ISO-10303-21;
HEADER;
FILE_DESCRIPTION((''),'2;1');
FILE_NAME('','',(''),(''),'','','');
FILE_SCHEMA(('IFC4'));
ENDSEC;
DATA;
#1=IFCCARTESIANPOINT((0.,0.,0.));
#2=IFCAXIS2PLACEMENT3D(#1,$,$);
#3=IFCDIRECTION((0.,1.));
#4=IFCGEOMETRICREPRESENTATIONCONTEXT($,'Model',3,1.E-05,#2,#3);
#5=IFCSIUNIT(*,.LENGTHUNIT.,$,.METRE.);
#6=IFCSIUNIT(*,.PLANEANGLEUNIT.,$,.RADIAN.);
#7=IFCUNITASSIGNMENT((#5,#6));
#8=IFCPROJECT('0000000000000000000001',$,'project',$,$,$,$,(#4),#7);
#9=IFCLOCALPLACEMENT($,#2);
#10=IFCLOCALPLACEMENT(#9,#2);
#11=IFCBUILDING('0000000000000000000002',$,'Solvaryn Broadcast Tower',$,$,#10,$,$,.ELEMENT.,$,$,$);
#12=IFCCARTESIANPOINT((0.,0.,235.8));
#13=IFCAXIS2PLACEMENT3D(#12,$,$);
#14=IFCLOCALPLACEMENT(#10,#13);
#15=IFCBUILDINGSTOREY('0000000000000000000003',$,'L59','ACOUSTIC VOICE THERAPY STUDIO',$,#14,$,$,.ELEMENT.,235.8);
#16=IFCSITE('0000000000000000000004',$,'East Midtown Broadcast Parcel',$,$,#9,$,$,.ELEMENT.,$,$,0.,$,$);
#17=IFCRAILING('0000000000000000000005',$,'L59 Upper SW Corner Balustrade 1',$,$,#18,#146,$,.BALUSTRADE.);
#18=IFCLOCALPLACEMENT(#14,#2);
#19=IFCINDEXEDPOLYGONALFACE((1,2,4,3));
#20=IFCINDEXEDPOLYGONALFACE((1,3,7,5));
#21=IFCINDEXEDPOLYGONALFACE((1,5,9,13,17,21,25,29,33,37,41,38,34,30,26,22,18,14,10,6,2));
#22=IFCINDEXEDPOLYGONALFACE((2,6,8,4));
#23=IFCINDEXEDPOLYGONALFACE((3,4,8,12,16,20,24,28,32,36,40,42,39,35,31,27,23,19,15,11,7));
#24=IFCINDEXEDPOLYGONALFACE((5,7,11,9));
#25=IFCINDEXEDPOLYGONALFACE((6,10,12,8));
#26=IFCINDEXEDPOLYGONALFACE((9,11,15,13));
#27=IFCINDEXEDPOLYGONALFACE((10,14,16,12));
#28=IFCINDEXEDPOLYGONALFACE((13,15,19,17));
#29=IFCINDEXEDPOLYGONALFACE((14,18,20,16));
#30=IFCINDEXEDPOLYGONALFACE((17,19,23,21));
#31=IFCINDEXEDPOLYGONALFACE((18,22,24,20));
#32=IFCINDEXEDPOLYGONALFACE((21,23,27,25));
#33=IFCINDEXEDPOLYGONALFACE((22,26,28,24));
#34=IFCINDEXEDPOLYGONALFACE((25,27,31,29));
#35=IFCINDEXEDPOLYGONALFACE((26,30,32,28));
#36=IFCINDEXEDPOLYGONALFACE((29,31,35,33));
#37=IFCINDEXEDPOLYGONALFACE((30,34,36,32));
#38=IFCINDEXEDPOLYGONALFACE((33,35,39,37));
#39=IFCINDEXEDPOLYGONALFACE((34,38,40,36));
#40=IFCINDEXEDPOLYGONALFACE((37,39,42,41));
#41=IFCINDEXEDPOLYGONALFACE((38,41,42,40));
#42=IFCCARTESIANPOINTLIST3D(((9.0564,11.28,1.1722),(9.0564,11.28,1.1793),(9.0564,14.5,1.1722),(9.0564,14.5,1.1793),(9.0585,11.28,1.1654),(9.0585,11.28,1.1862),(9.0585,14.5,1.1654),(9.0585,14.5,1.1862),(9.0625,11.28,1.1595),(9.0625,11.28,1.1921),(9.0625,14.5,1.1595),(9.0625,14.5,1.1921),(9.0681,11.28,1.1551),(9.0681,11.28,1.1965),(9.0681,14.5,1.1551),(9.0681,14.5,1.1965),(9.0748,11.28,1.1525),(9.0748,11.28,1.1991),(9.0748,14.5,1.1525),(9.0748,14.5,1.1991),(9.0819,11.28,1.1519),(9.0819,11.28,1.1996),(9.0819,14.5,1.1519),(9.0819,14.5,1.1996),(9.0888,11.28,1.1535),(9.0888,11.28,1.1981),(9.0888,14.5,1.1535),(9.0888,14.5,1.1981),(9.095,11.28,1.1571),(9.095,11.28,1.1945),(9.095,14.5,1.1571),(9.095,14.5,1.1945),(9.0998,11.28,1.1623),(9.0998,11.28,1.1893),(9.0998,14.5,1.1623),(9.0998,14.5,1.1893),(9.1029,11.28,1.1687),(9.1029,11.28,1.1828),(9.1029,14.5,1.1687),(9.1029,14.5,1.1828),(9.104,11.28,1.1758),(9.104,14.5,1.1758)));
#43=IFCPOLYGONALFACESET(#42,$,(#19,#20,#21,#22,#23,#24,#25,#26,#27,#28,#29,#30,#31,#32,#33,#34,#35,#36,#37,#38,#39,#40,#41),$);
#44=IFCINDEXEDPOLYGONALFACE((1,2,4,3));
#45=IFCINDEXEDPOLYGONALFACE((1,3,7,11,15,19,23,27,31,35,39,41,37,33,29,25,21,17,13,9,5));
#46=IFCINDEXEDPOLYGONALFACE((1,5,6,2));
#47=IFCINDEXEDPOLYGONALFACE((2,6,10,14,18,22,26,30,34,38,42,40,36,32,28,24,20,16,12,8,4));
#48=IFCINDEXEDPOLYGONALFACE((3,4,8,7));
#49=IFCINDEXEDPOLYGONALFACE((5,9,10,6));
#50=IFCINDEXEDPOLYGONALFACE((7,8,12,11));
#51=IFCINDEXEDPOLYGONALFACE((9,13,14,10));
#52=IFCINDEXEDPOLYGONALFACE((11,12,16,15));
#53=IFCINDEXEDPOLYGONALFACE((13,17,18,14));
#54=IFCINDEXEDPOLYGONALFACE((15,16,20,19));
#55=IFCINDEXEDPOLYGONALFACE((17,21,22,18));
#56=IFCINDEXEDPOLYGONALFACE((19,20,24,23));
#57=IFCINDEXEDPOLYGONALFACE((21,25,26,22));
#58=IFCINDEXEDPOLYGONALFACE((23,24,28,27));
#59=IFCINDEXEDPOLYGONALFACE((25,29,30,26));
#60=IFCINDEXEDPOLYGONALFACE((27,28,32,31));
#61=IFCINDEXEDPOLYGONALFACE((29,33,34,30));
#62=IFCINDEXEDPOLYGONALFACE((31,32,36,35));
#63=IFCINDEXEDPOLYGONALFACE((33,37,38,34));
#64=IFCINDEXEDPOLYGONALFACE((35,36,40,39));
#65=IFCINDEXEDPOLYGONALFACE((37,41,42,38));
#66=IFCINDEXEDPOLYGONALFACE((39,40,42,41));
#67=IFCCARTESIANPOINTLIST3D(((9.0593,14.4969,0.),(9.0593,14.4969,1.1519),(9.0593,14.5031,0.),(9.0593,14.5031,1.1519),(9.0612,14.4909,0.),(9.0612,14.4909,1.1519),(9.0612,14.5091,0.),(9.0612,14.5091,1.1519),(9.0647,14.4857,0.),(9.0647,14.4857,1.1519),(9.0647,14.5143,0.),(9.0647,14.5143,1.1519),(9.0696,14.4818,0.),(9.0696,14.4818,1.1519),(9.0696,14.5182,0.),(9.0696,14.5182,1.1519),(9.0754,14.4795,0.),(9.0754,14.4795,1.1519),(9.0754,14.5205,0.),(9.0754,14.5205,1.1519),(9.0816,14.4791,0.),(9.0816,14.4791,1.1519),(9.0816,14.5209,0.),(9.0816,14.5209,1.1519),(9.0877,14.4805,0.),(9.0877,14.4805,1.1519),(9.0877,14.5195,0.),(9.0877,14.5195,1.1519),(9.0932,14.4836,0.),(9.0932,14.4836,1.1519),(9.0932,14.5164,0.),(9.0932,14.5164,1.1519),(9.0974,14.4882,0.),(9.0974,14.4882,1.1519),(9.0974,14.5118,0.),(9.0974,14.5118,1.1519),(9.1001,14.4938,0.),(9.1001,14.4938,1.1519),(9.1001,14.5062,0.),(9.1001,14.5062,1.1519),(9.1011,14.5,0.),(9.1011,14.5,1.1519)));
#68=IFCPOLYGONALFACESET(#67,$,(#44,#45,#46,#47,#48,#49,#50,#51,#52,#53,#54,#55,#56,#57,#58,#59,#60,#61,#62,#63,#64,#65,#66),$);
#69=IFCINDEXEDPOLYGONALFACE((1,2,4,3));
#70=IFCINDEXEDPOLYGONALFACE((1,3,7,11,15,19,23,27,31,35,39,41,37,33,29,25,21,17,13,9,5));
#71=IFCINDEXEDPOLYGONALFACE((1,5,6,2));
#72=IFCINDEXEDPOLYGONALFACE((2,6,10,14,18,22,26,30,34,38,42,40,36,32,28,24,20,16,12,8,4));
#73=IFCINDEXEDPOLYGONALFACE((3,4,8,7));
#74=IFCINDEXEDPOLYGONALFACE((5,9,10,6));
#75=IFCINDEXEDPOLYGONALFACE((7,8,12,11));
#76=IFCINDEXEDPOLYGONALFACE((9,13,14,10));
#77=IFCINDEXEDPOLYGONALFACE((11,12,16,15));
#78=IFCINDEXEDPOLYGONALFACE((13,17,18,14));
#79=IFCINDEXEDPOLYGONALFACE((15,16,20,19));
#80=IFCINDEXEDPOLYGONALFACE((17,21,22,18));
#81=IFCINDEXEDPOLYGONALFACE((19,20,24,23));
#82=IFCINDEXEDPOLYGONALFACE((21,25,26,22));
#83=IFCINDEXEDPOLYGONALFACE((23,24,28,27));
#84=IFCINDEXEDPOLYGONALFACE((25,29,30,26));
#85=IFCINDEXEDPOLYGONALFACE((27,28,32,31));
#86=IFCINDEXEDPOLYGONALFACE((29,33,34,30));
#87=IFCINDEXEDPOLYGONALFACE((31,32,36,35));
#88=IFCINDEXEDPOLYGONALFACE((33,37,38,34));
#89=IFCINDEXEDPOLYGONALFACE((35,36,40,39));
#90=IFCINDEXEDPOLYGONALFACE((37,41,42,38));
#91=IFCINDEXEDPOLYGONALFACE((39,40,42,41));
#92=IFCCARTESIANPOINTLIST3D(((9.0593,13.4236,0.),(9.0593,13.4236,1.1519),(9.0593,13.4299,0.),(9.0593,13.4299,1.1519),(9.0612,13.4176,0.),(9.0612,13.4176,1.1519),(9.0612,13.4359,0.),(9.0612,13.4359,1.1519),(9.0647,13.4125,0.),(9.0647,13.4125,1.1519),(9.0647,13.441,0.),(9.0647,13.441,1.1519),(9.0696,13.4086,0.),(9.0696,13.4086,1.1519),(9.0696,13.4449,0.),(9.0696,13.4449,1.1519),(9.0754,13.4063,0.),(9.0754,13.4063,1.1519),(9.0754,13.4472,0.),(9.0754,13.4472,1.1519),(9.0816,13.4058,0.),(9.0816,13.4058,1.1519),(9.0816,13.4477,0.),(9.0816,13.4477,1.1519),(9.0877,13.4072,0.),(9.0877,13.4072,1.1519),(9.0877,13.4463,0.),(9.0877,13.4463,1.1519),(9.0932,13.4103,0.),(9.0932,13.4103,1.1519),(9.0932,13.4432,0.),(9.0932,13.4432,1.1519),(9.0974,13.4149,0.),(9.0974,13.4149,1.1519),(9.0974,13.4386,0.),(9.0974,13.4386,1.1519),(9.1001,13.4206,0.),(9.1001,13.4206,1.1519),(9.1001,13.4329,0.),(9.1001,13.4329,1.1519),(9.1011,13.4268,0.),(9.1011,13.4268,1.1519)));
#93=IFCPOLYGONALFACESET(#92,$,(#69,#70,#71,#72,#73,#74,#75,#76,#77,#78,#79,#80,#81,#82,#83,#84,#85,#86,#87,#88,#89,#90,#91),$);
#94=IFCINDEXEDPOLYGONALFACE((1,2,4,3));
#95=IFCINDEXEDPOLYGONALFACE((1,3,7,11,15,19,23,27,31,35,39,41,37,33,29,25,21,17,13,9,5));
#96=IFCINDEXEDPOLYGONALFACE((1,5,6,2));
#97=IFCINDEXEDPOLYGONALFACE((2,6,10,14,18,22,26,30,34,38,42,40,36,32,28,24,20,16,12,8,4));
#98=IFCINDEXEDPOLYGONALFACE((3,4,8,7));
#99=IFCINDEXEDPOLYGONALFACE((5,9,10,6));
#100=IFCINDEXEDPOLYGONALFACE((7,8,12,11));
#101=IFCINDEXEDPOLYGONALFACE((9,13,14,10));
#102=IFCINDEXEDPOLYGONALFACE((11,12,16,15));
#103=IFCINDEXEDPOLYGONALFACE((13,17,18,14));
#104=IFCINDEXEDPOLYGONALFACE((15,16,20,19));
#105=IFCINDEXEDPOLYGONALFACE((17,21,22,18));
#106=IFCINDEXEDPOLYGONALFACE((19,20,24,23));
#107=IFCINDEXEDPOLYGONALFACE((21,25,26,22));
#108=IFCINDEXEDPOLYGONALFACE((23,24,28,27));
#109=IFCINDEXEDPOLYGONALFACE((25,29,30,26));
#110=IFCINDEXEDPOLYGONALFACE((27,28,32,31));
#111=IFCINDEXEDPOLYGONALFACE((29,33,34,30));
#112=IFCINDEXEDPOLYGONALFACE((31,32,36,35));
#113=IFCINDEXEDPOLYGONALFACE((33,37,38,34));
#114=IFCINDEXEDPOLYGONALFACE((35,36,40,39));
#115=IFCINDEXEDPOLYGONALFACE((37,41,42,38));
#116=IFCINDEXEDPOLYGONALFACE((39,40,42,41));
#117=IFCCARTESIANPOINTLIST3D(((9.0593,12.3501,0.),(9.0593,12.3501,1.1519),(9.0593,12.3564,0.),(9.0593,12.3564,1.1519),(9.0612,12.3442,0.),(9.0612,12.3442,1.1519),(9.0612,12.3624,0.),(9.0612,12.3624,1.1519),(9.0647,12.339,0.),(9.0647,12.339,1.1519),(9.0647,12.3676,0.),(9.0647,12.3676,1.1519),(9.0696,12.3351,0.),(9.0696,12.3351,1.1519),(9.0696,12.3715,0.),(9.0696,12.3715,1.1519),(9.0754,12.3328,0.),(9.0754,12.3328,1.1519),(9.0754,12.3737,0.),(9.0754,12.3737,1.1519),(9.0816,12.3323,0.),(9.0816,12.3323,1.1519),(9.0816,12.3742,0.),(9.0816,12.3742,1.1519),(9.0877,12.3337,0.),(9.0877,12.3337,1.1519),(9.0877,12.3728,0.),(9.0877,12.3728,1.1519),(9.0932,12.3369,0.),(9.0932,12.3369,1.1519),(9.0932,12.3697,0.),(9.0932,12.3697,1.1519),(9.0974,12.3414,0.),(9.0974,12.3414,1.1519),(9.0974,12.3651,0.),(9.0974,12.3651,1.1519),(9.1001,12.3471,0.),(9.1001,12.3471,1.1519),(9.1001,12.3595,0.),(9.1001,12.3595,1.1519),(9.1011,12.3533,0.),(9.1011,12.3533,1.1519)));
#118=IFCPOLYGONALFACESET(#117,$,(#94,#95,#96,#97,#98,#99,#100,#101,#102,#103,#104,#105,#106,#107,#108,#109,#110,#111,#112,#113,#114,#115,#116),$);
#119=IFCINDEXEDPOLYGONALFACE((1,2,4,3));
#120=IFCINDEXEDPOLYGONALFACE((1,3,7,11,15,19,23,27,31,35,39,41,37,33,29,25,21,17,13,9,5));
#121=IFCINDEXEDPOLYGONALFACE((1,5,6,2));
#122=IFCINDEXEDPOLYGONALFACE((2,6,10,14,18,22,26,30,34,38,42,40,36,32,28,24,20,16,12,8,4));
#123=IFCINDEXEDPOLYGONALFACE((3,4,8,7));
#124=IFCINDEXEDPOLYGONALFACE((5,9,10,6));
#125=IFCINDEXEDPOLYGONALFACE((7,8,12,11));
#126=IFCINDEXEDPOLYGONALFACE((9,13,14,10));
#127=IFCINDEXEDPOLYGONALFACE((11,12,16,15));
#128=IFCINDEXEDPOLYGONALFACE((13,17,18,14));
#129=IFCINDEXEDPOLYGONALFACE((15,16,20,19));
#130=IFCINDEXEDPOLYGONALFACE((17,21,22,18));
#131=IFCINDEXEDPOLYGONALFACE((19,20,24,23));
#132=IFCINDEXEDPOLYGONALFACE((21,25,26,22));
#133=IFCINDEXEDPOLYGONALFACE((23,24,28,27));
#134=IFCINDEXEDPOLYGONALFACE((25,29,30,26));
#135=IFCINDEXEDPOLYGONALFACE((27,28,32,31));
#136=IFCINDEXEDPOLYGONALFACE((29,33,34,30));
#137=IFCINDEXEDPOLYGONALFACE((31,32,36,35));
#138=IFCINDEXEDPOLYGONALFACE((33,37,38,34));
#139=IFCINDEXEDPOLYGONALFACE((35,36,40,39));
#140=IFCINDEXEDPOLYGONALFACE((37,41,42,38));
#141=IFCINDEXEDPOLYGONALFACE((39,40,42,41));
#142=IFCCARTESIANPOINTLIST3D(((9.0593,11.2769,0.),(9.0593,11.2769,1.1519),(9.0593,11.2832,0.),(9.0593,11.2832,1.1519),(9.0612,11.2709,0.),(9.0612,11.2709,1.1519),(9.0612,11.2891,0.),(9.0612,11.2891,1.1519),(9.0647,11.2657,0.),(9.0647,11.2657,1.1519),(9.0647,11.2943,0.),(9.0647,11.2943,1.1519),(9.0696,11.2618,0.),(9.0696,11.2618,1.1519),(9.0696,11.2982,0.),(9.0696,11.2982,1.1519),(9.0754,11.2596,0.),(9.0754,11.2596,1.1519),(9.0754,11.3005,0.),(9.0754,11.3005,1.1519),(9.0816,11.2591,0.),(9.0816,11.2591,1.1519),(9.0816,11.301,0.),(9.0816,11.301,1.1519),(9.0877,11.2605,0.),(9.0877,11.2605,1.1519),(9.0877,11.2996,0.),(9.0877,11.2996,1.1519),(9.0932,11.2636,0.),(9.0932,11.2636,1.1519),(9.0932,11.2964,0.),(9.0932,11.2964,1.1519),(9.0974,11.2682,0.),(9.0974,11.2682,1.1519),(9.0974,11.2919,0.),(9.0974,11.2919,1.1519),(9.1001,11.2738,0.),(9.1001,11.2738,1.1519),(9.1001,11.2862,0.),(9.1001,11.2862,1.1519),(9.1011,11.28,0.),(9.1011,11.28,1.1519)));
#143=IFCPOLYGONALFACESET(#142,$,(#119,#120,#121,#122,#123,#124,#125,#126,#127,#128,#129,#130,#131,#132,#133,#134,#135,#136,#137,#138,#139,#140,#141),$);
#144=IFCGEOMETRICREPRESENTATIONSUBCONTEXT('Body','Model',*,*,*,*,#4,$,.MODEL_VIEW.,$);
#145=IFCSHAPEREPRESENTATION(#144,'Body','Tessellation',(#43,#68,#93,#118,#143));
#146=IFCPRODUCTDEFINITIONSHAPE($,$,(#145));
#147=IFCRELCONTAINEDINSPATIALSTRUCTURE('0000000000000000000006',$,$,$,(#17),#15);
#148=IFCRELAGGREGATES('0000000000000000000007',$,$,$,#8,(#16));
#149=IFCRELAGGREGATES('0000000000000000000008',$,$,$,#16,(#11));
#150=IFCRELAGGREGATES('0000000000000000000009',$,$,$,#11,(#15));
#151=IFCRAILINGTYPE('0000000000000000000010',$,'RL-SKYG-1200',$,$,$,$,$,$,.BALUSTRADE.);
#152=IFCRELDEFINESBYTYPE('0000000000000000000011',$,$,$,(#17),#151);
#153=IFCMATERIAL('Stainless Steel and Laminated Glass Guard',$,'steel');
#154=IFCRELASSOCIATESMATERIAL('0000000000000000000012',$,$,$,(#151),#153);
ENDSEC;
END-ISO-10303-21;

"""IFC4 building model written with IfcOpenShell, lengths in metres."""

from ifc_helpers import new_model, si_unit, direction, frame, origin, origin_2d, place, context, subcontext, project, spatial, circle, extrude, material, type_object, element, save


model = new_model("IFC4")

# Units and contexts
model_context = context("Model", 3, precision=1e-05, world=origin(), true_north=direction((0.0, 1.0)))
body_context = subcontext(model_context, "Body", "Model", "MODEL_VIEW")
ifc_project = project(units=[si_unit("LENGTHUNIT", "METRE"), si_unit("PLANEANGLEUNIT", "RADIAN")], contexts=[model_context])

# Site, building, storey
site_placement = place(None, origin())
site = spatial("IfcSite", under=ifc_project, at=site_placement, Name="East Midtown Broadcast Parcel", CompositionType="ELEMENT", RefElevation=0.0)
building_placement = place(site_placement, origin())
building = spatial("IfcBuilding", under=site, at=building_placement, Name="Solvaryn Broadcast Tower", CompositionType="ELEMENT")
storey_placement = place(building_placement, frame((0.0, 0.0, 235.8)))
storey = spatial("IfcBuildingStorey", under=building, at=storey_placement, Name="L59", Description="ACOUSTIC VOICE THERAPY STUDIO", CompositionType="ELEMENT", Elevation=235.8)

# Railing
ifc_material_1 = material(Name="Stainless Steel and Laminated Glass Guard", Category="steel")
railing_type = type_object("IfcRailingType", Name="RL-SKYG-1200", PredefinedType="BALUSTRADE", material=ifc_material_1)
railing_1_placement = place(storey_placement, frame((9.0801, 14.5, 0.0)))
element("IfcRailing", 1, at=railing_1_placement, inside=storey, type_object=railing_type, Name="L59 Upper SW Corner Balustrade 1", PredefinedType="BALUSTRADE", context=body_context, shape_type="SweptSolid", body=[
    extrude(circle(Radius=0.0239, at=origin_2d()), frame((0.0, 0.0, 1.1758), z_axis=(0.0, -1.0, 0.0), x_axis=(1.0, 0.0, 0.0)), (0.0, 0.0, 1.0), 3.22),
    extrude(circle(Radius=0.021, at=origin_2d()), origin(), (0.0, 0.0, 1.0), 1.1519),
    extrude(circle(Radius=0.021, at=origin_2d()), frame((0.0, -1.0732, 0.0)), (0.0, 0.0, 1.0), 1.1519),
    extrude(circle(Radius=0.021, at=origin_2d()), frame((0.0, -2.1467, 0.0)), (0.0, 0.0, 1.0), 1.1519),
    extrude(circle(Radius=0.021, at=origin_2d()), frame((0.0, -3.22, 0.0)), (0.0, 0.0, 1.0), 1.1519),
])

save(model, "model.ifc")
